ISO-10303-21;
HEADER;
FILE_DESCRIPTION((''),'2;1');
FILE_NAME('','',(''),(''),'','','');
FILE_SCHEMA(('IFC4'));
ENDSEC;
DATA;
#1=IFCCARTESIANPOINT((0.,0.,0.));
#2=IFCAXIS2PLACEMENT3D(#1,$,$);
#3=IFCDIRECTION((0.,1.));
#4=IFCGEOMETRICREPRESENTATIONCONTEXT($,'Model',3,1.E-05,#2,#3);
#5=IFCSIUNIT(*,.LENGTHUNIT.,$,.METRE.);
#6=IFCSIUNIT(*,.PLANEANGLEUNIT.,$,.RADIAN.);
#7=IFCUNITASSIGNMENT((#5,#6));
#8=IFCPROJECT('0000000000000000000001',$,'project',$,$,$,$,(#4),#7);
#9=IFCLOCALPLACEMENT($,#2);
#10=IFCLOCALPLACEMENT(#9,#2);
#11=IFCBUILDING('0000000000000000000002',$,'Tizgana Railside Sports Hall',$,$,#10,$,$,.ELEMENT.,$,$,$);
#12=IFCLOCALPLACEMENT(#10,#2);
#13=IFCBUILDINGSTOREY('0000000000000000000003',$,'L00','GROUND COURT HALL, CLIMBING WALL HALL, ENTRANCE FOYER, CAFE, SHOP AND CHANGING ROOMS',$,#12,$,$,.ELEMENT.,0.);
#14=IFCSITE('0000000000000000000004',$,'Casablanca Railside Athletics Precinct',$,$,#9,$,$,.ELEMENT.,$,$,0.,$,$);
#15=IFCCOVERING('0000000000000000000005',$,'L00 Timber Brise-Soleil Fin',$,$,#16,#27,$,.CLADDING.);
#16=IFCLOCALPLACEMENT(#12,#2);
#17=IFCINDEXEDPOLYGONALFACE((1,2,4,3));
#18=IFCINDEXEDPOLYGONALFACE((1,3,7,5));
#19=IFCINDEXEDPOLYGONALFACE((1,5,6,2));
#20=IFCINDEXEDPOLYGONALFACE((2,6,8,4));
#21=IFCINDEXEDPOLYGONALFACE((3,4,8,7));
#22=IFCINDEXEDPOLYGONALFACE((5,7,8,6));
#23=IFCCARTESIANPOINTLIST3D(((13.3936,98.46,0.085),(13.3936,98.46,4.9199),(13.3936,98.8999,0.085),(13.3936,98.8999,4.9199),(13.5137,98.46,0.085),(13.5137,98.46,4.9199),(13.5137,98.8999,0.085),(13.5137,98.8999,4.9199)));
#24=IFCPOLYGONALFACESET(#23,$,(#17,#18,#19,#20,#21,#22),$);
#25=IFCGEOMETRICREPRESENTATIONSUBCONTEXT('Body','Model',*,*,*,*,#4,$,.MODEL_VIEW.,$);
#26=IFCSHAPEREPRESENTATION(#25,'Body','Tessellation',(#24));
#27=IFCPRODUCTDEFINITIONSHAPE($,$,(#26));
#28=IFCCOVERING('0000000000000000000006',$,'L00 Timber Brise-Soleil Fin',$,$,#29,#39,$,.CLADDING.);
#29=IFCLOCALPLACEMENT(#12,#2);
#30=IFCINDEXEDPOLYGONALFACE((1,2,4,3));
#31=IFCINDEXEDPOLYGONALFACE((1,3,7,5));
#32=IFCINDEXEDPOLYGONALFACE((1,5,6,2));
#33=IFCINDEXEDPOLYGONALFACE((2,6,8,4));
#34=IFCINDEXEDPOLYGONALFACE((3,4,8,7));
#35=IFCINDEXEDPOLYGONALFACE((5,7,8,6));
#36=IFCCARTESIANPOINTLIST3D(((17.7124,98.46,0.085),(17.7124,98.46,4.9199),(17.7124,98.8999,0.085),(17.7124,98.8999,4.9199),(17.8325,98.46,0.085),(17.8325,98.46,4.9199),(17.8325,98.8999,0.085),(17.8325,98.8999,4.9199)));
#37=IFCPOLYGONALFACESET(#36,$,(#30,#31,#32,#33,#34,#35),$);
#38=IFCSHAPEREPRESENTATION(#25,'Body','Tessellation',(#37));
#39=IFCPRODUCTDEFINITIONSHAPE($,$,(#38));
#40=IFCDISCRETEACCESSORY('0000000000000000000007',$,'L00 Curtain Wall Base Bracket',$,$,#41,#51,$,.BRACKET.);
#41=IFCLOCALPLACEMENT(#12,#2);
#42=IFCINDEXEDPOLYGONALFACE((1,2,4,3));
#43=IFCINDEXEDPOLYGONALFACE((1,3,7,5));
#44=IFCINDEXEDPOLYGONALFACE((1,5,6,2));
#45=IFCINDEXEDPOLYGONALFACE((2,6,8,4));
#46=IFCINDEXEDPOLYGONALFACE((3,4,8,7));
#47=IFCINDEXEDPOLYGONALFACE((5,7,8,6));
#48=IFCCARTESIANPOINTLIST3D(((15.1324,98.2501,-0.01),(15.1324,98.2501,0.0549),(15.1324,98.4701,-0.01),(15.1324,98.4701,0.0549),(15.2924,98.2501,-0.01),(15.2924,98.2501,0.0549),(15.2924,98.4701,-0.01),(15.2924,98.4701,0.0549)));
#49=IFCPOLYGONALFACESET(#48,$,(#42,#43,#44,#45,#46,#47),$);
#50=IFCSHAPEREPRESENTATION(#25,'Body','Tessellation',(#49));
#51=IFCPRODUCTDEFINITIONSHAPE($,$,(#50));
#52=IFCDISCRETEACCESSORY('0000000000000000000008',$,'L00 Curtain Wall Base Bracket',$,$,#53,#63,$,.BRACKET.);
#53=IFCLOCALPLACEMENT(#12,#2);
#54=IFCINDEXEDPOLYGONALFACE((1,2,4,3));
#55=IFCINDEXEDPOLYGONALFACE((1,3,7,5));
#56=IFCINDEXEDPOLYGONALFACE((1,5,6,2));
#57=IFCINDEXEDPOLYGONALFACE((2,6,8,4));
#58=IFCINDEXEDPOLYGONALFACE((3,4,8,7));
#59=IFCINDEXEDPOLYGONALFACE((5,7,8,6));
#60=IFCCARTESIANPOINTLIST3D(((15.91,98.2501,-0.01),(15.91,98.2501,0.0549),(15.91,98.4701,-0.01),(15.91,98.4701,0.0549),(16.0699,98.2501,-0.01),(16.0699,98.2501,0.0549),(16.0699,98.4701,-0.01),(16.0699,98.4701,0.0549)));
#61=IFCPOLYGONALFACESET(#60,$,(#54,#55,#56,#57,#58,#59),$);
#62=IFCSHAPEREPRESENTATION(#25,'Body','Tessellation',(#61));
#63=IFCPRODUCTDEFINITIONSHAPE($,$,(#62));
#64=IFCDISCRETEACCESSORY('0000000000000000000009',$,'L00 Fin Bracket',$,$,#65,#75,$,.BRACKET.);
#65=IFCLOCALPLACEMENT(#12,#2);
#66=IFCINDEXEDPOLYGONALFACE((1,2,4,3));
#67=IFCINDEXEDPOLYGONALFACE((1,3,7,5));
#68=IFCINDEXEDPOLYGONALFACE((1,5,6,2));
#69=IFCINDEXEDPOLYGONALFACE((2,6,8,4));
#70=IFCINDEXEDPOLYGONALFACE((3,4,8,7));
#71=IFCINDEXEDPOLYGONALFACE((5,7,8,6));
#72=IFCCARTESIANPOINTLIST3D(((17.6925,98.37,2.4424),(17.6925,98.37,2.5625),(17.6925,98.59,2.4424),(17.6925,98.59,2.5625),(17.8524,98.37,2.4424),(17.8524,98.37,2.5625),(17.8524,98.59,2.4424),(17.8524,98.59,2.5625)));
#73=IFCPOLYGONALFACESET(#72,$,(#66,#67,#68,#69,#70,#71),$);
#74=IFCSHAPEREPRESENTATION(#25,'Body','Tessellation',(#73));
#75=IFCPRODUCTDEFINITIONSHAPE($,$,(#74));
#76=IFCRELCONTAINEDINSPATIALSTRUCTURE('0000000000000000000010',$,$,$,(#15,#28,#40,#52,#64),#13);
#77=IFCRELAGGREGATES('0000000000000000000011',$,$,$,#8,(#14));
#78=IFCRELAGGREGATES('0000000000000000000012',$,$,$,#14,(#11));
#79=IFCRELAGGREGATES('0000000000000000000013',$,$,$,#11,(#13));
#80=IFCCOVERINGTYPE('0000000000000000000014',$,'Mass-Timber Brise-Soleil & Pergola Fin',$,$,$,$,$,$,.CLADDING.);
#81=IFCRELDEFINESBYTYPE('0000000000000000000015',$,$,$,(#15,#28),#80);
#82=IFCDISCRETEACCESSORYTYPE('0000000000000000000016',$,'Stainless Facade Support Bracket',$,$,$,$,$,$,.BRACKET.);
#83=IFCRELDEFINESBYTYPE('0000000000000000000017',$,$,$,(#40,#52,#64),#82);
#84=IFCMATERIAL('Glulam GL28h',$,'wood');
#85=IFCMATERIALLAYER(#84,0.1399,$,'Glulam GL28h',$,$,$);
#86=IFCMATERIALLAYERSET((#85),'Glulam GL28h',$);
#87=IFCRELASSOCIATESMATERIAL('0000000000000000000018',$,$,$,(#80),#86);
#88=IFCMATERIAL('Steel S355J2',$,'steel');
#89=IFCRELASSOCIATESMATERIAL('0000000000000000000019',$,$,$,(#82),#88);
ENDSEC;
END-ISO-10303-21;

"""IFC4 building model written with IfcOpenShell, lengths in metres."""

from ifc_helpers import new_model, si_unit, direction, frame, origin, origin_2d, place, context, subcontext, project, spatial, rectangle, extrude, material, layer, layer_set, type_object, element, save


model = new_model("IFC4")

# Units and contexts
model_context = context("Model", 3, precision=1e-05, world=origin(), true_north=direction((0.0, 1.0)))
body_context = subcontext(model_context, "Body", "Model", "MODEL_VIEW")
ifc_project = project(units=[si_unit("LENGTHUNIT", "METRE"), si_unit("PLANEANGLEUNIT", "RADIAN")], contexts=[model_context])

# Site, building, storey
site_placement = place(None, origin())
site = spatial("IfcSite", under=ifc_project, at=site_placement, Name="Casablanca Railside Athletics Precinct", CompositionType="ELEMENT", RefElevation=0.0)
building_placement = place(site_placement, origin())
building = spatial("IfcBuilding", under=site, at=building_placement, Name="Tizgana Railside Sports Hall", CompositionType="ELEMENT")
storey_placement = place(building_placement, origin())
storey = spatial("IfcBuildingStorey", under=building, at=storey_placement, Name="L00", Description="GROUND COURT HALL, CLIMBING WALL HALL, ENTRANCE FOYER, CAFE, SHOP AND CHANGING ROOMS", CompositionType="ELEMENT", Elevation=0.0)

# Shared definitions
ifc_material_1 = material(Name="Steel S355J2", Category="steel")

# Coverings
ifc_material_2 = material(Name="Glulam GL28h", Category="wood")
ifc_layer_1 = layer(ifc_material_2, 0.1399, Name="Glulam GL28h")
ifc_layer_set_1 = layer_set([ifc_layer_1], Name="Glulam GL28h")
covering_type = type_object("IfcCoveringType", Name="Mass-Timber Brise-Soleil & Pergola Fin", PredefinedType="CLADDING", material=ifc_layer_set_1)
for number, where, z_axis, x_axis, name in (
    (1, (13.4536, 98.6799, 0.085), (0.0, 0.0, 1.0), (1.0, 0.0, 0.0), "L00 Timber Brise-Soleil Fin"),
    (2, (17.7725, 98.6799, 0.085), (0.0, 0.0, 1.0), (1.0, 0.0, 0.0), "L00 Timber Brise-Soleil Fin"),
):
    element("IfcCovering", number, at=place(storey_placement, frame(where, z_axis=z_axis, x_axis=x_axis)), inside=storey, type_object=covering_type, Name=name, PredefinedType="CLADDING", context=body_context, shape_type="SweptSolid", body=[
        extrude(rectangle(XDim=0.1201, YDim=0.4399, at=origin_2d()), origin(), (0.0, 0.0, 1.0), 4.835),
    ])

# Discrete accessories
discrete_accessory_type = type_object("IfcDiscreteAccessoryType", Name="Stainless Facade Support Bracket", PredefinedType="BRACKET", material=ifc_material_1)
for number, where, z_axis, x_axis, name in (
    (3, (15.2124, 98.3601, -0.01), (0.0, 0.0, 1.0), (1.0, 0.0, 0.0), "L00 Curtain Wall Base Bracket"),
    (4, (15.99, 98.3601, -0.01), (0.0, 0.0, 1.0), (1.0, 0.0, 0.0), "L00 Curtain Wall Base Bracket"),
):
    element("IfcDiscreteAccessory", number, at=place(storey_placement, frame(where, z_axis=z_axis, x_axis=x_axis)), inside=storey, type_object=discrete_accessory_type, Name=name, PredefinedType="BRACKET", context=body_context, shape_type="SweptSolid", body=[
        extrude(rectangle(XDim=0.1599, YDim=0.22, at=origin_2d()), origin(), (0.0, 0.0, 1.0), 0.0649),
    ])
discrete_accessory_placement = place(storey_placement, frame((17.7725, 98.48, 2.4424), z_axis=(0.0, 0.0, 1.0), x_axis=(1.0, 0.0, 0.0)))
element("IfcDiscreteAccessory", 5, at=discrete_accessory_placement, inside=storey, type_object=discrete_accessory_type, Name="L00 Fin Bracket", PredefinedType="BRACKET", context=body_context, shape_type="SweptSolid", body=[
    extrude(rectangle(XDim=0.1599, YDim=0.22, at=origin_2d()), origin(), (0.0, 0.0, 1.0), 0.1201),
])

save(model, "model.ifc")
